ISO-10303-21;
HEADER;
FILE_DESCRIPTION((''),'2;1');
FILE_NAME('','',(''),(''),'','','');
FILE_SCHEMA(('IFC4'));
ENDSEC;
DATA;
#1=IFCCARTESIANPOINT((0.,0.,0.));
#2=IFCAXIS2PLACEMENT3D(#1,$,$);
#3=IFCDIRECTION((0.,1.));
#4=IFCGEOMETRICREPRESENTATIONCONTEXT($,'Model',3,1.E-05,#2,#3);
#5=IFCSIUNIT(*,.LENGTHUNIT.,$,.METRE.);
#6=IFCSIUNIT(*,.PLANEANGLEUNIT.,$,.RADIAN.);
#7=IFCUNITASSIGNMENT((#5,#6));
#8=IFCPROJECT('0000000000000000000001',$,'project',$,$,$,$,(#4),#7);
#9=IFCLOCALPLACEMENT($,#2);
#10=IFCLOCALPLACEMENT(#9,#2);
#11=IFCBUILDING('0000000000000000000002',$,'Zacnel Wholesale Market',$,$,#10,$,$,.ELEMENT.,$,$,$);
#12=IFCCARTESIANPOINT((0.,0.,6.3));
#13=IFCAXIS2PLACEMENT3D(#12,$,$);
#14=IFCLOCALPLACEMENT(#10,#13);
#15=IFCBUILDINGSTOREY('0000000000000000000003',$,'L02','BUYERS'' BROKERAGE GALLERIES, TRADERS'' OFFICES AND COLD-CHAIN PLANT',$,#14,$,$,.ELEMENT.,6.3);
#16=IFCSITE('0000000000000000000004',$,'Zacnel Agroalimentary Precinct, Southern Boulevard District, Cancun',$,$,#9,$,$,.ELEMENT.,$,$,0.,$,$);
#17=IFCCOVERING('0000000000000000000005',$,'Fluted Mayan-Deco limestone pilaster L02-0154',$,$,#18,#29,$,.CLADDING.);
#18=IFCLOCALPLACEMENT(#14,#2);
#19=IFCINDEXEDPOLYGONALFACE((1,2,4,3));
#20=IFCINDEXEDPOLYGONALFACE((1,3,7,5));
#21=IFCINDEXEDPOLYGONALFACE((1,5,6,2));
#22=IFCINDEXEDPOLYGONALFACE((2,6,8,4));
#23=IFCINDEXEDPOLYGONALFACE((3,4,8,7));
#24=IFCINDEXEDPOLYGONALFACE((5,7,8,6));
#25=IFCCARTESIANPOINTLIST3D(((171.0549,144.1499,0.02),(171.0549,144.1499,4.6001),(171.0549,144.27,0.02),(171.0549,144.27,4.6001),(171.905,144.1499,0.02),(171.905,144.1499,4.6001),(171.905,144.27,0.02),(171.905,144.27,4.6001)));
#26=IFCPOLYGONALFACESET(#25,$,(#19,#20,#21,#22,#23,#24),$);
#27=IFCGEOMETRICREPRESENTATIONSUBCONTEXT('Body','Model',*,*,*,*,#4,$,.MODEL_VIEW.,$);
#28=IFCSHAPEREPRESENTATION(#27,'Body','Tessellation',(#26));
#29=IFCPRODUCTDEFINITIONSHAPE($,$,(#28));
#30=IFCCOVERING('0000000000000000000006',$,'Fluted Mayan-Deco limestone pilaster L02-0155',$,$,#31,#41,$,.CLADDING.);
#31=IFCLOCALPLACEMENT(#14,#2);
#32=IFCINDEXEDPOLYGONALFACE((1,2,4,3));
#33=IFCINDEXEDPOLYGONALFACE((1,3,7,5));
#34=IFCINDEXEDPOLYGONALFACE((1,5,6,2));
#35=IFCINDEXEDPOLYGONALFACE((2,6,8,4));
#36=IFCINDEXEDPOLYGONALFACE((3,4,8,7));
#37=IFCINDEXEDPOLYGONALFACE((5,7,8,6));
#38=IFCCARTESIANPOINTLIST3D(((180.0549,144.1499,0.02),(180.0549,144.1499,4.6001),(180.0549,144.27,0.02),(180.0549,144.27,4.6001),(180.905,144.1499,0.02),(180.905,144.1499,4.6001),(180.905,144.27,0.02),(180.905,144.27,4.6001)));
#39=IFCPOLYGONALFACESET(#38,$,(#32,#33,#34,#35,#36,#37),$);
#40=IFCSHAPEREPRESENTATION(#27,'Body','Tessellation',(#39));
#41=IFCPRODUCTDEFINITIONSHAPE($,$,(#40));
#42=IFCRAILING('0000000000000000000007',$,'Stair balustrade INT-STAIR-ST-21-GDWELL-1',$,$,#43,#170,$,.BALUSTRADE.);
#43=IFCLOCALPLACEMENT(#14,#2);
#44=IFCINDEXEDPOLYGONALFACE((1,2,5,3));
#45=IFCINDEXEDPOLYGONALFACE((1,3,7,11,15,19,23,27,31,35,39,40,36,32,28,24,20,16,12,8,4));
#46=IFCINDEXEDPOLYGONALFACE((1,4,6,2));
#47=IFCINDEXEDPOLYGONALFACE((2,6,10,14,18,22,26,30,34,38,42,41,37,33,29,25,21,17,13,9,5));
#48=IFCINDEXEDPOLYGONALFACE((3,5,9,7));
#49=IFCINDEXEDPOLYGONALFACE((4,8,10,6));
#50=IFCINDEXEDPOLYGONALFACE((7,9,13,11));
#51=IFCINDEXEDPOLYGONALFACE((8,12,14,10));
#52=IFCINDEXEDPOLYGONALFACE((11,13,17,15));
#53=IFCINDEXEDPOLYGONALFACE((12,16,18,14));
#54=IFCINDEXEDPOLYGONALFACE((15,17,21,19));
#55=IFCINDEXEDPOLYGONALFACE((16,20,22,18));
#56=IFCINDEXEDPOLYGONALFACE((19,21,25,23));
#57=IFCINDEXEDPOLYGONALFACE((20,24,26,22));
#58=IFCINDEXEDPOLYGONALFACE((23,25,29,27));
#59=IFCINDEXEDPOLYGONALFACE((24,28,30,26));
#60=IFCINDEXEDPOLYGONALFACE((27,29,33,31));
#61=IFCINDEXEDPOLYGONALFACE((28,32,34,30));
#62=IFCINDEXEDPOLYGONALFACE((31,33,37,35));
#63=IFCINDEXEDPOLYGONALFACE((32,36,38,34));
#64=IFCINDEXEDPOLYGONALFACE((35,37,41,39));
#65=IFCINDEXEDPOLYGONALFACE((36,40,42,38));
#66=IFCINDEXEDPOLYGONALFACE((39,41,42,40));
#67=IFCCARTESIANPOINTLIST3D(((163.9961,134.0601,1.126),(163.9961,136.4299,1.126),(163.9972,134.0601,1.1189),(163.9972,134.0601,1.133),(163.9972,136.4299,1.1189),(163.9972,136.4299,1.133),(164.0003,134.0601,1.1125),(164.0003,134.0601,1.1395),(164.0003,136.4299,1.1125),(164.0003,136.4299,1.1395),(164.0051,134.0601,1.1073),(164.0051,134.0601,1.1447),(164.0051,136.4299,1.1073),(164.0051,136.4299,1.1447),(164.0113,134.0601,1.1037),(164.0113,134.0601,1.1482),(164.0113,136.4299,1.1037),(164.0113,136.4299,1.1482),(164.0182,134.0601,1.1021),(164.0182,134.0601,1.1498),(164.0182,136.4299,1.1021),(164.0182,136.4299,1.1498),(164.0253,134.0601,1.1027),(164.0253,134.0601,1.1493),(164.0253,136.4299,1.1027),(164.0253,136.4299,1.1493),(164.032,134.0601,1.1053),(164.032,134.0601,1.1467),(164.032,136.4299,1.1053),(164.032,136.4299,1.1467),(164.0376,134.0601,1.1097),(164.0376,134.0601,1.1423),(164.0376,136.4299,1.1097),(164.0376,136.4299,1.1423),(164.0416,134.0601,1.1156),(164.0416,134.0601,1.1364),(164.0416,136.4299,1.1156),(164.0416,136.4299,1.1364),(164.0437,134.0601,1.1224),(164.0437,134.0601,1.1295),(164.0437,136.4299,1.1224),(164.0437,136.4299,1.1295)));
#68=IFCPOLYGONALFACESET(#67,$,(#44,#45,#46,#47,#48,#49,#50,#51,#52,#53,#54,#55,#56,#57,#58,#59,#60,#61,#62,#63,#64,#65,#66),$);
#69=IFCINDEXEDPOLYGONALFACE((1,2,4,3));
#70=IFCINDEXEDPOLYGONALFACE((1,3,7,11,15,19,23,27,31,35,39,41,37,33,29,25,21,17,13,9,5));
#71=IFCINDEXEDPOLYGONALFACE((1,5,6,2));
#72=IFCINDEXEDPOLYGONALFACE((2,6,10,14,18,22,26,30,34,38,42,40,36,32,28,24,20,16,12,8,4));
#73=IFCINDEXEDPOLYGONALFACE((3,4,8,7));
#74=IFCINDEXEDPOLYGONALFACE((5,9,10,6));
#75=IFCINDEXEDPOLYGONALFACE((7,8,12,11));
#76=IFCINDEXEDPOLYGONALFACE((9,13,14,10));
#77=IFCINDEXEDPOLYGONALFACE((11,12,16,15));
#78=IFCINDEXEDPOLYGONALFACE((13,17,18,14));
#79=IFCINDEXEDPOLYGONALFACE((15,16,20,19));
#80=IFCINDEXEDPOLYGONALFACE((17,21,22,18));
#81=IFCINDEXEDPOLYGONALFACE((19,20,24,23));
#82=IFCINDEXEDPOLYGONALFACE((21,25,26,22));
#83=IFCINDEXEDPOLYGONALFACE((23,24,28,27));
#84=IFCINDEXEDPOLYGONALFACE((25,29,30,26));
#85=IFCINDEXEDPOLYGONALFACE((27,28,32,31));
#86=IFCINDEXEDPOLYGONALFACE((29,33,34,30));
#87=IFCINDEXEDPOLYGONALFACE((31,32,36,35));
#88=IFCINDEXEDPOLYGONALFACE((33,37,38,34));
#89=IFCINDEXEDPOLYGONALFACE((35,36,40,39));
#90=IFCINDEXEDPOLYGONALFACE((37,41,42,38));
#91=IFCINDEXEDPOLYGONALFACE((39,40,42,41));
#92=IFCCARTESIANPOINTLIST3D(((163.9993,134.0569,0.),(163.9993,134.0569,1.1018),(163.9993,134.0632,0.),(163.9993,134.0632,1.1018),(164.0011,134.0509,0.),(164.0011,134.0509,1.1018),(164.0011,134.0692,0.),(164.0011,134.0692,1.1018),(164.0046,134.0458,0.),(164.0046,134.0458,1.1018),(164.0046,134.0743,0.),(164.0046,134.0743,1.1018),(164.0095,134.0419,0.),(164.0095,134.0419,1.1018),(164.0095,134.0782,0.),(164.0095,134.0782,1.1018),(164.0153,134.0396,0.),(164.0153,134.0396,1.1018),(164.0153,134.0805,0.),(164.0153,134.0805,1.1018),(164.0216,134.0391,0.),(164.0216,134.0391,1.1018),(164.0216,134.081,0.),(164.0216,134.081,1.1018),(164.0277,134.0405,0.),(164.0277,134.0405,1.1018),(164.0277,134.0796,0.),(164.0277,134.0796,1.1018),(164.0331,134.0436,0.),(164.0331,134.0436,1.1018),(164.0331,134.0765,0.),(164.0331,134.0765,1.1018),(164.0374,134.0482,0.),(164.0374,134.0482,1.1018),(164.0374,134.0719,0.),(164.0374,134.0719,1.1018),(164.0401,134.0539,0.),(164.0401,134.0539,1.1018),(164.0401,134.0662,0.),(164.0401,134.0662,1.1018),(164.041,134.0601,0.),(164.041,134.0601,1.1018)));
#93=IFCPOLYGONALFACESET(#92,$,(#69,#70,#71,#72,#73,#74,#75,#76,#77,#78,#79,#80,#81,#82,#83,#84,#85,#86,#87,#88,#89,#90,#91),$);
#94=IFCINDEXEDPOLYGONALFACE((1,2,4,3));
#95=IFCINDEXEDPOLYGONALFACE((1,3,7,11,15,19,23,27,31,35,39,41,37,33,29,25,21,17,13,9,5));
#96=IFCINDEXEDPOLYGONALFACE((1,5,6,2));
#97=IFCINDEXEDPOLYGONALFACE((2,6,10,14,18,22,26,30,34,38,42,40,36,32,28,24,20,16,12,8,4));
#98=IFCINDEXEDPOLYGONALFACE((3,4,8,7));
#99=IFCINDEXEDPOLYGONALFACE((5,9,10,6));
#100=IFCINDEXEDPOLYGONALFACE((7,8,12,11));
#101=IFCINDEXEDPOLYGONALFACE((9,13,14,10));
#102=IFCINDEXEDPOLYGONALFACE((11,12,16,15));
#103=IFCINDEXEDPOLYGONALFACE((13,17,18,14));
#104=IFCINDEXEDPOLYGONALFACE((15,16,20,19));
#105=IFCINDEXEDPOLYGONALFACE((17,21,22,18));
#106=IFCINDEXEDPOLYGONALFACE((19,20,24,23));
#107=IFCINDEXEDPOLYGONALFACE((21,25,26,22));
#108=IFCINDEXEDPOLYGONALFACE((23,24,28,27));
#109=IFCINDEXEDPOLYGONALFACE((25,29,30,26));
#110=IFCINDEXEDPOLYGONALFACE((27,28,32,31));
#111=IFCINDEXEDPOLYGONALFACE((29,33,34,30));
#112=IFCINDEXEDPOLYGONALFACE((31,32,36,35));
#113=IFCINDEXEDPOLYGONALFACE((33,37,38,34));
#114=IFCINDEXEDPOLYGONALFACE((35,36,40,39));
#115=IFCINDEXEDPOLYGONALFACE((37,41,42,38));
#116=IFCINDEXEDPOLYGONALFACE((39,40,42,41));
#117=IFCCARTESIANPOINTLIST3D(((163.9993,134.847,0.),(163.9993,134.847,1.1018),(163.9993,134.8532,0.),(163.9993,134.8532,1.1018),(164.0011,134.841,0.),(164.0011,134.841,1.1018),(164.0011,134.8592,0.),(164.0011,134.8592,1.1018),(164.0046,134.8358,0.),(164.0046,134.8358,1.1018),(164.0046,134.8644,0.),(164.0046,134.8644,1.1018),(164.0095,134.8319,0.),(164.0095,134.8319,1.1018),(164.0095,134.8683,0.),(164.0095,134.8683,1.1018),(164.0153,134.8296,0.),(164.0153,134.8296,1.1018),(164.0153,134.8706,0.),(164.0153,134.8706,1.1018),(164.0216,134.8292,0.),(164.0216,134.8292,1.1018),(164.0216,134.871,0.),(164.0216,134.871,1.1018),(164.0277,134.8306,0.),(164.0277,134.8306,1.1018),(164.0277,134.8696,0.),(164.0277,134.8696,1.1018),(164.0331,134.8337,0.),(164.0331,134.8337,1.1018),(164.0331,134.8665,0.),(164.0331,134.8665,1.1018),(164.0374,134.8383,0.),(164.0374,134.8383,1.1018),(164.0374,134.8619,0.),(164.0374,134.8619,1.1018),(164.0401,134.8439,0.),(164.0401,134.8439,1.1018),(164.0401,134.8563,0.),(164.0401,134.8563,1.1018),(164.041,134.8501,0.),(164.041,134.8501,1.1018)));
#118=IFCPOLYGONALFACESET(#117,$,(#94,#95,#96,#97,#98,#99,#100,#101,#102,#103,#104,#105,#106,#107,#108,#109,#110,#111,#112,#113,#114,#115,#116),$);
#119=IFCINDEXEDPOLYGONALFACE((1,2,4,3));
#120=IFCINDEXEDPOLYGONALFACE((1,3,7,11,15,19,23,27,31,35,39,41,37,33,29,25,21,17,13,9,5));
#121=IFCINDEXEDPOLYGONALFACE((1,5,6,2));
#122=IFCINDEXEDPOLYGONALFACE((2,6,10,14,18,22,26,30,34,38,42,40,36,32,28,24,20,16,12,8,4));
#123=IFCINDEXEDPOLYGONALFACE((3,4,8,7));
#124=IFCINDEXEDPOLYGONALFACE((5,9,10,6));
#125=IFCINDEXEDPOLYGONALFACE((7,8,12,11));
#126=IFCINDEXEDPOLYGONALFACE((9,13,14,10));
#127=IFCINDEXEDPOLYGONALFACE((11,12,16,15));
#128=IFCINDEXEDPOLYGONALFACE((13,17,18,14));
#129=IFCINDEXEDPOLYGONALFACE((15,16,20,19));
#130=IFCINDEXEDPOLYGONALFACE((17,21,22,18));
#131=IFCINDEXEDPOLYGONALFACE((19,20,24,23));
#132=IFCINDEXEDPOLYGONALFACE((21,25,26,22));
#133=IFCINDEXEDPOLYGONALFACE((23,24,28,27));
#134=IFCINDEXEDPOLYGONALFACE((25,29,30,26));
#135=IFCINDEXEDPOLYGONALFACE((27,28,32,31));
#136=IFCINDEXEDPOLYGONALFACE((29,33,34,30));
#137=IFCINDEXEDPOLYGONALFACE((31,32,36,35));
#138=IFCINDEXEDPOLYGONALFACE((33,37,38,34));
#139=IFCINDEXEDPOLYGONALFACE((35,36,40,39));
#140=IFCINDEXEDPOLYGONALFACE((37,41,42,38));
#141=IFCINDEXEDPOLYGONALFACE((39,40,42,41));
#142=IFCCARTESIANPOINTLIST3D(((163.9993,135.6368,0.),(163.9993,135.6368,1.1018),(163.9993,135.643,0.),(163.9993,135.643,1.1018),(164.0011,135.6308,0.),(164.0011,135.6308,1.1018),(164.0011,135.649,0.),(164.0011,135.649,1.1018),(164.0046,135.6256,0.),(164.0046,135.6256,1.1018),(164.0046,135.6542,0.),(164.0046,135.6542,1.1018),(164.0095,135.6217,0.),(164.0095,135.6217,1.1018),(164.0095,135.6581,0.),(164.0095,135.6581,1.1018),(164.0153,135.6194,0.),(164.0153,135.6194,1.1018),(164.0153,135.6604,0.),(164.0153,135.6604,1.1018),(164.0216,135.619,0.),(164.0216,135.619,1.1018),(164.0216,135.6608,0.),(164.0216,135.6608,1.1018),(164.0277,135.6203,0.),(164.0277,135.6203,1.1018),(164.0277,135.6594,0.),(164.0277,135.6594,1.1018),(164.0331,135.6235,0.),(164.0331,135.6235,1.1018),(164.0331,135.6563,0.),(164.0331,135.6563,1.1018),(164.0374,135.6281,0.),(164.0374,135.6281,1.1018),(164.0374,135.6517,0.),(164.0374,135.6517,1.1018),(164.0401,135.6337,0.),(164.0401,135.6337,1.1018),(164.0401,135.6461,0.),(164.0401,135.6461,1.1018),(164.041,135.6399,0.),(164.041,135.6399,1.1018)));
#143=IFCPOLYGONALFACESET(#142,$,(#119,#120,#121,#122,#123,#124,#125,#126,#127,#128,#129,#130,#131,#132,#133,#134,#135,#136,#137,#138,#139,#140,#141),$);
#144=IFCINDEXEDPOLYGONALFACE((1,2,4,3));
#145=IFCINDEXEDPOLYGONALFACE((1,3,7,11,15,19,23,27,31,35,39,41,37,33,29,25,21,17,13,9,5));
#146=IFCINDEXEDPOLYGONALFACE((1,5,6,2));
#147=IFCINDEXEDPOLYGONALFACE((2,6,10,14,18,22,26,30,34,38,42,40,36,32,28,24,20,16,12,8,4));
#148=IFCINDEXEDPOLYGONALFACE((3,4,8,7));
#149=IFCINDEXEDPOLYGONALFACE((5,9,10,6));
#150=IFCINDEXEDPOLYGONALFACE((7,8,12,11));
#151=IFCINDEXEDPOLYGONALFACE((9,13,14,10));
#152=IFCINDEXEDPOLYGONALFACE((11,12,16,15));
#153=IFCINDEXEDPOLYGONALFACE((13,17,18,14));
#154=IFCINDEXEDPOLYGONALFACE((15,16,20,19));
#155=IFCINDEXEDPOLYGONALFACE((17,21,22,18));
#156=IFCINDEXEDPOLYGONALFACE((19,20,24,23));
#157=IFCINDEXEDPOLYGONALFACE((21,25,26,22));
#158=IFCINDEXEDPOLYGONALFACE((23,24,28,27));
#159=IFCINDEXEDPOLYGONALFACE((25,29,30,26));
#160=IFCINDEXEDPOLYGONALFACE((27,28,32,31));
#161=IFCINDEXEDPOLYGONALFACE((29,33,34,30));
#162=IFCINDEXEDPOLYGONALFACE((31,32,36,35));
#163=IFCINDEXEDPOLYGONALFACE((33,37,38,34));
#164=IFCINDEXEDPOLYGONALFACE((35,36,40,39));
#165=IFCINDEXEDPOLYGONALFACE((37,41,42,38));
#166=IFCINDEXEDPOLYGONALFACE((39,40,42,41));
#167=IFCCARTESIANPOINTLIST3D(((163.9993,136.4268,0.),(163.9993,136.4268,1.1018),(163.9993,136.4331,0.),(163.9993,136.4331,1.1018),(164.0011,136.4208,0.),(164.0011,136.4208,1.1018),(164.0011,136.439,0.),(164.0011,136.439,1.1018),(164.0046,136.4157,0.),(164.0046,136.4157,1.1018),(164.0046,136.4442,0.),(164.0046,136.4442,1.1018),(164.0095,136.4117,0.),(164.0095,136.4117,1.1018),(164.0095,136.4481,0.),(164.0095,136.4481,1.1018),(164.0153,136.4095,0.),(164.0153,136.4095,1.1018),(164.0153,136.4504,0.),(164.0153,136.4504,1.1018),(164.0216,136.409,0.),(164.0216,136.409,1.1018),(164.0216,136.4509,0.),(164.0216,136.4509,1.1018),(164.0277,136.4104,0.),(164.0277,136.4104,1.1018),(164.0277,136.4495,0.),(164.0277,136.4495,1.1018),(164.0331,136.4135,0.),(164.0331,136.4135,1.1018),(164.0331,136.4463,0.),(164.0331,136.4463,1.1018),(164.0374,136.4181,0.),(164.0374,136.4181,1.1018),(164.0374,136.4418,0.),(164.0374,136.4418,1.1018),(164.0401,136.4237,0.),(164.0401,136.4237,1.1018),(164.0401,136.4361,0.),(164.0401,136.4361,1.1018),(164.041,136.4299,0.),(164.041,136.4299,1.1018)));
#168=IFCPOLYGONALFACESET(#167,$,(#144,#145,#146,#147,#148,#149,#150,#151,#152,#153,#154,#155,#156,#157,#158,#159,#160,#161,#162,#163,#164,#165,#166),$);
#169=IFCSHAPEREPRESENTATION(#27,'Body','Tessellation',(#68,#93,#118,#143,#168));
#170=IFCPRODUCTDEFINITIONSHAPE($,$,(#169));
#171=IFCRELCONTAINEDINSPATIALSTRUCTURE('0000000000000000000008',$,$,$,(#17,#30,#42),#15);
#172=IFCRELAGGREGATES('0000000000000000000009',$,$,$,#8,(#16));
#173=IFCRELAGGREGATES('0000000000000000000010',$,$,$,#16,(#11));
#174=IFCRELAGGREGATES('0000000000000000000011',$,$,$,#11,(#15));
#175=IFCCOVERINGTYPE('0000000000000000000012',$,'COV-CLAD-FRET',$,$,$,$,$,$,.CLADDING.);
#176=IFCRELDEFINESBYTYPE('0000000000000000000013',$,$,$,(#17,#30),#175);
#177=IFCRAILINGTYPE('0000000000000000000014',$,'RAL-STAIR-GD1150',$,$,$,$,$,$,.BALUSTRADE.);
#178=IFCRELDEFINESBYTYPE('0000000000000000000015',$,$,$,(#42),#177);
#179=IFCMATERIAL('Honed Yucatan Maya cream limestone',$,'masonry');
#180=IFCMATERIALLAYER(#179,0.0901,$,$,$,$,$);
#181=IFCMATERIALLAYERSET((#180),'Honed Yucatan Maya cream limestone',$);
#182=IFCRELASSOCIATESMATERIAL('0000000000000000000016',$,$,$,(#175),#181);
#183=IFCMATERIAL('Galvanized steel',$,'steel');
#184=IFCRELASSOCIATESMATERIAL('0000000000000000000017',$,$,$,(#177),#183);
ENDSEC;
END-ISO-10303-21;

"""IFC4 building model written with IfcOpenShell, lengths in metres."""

from ifc_helpers import new_model, si_unit, direction, frame, origin, origin_2d, place, context, subcontext, project, spatial, rectangle, circle, extrude, material, layer, layer_set, type_object, element, save


model = new_model("IFC4")

# Units and contexts
model_context = context("Model", 3, precision=1e-05, world=origin(), true_north=direction((0.0, 1.0)))
body_context = subcontext(model_context, "Body", "Model", "MODEL_VIEW")
ifc_project = project(units=[si_unit("LENGTHUNIT", "METRE"), si_unit("PLANEANGLEUNIT", "RADIAN")], contexts=[model_context])

# Site, building, storey
site_placement = place(None, origin())
site = spatial("IfcSite", under=ifc_project, at=site_placement, Name="Zacnel Agroalimentary Precinct, Southern Boulevard District, Cancun", CompositionType="ELEMENT", RefElevation=0.0)
building_placement = place(site_placement, origin())
building = spatial("IfcBuilding", under=site, at=building_placement, Name="Zacnel Wholesale Market", CompositionType="ELEMENT")
storey_placement = place(building_placement, frame((0.0, 0.0, 6.3)))
storey = spatial("IfcBuildingStorey", under=building, at=storey_placement, Name="L02", Description="BUYERS' BROKERAGE GALLERIES, TRADERS' OFFICES AND COLD-CHAIN PLANT", CompositionType="ELEMENT", Elevation=6.3)

# Coverings
ifc_material_1 = material(Name="Honed Yucatan Maya cream limestone", Category="masonry")
ifc_layer_1 = layer(ifc_material_1, 0.0901)
ifc_layer_set_1 = layer_set([ifc_layer_1], Name="Honed Yucatan Maya cream limestone")
covering_type = type_object("IfcCoveringType", Name="COV-CLAD-FRET", PredefinedType="CLADDING", material=ifc_layer_set_1)
for number, where, z_axis, x_axis, name in (
    (1, (171.48, 144.21, 0.02), (0.0, 0.0, 1.0), (1.0, 0.0, 0.0), "Fluted Mayan-Deco limestone pilaster L02-0154"),
    (2, (180.48, 144.21, 0.02), (0.0, 0.0, 1.0), (1.0, 0.0, 0.0), "Fluted Mayan-Deco limestone pilaster L02-0155"),
):
    element("IfcCovering", number, at=place(storey_placement, frame(where, z_axis=z_axis, x_axis=x_axis)), inside=storey, type_object=covering_type, Name=name, PredefinedType="CLADDING", context=body_context, shape_type="SweptSolid", body=[
        extrude(rectangle(XDim=0.8501, YDim=0.1201, at=origin_2d()), origin(), (0.0, 0.0, 1.0), 4.5801),
    ])

# Railing
ifc_material_2 = material(Name="Galvanized steel", Category="steel")
railing_type = type_object("IfcRailingType", Name="RAL-STAIR-GD1150", PredefinedType="BALUSTRADE", material=ifc_material_2)
railing_placement = place(storey_placement, frame((164.02, 134.0601, 0.0)))
element("IfcRailing", 3, at=railing_placement, inside=storey, type_object=railing_type, Name="Stair balustrade INT-STAIR-ST-21-GDWELL-1", PredefinedType="BALUSTRADE", context=body_context, shape_type="SweptSolid", body=[
    extrude(circle(Radius=0.0239, at=origin_2d()), frame((0.0, 0.0, 1.126), z_axis=(0.0, 1.0, 0.0), x_axis=(-1.0, 0.0, 0.0)), (0.0, 0.0, 1.0), 2.3699),
    extrude(circle(Radius=0.021, at=origin_2d()), origin(), (0.0, 0.0, 1.0), 1.1018),
    extrude(circle(Radius=0.021, at=origin_2d()), frame((0.0, 0.79, 0.0)), (0.0, 0.0, 1.0), 1.1018),
    extrude(circle(Radius=0.021, at=origin_2d()), frame((0.0, 1.5798, 0.0)), (0.0, 0.0, 1.0), 1.1018),
    extrude(circle(Radius=0.021, at=origin_2d()), frame((0.0, 2.3699, 0.0)), (0.0, 0.0, 1.0), 1.1018),
])

save(model, "model.ifc")
